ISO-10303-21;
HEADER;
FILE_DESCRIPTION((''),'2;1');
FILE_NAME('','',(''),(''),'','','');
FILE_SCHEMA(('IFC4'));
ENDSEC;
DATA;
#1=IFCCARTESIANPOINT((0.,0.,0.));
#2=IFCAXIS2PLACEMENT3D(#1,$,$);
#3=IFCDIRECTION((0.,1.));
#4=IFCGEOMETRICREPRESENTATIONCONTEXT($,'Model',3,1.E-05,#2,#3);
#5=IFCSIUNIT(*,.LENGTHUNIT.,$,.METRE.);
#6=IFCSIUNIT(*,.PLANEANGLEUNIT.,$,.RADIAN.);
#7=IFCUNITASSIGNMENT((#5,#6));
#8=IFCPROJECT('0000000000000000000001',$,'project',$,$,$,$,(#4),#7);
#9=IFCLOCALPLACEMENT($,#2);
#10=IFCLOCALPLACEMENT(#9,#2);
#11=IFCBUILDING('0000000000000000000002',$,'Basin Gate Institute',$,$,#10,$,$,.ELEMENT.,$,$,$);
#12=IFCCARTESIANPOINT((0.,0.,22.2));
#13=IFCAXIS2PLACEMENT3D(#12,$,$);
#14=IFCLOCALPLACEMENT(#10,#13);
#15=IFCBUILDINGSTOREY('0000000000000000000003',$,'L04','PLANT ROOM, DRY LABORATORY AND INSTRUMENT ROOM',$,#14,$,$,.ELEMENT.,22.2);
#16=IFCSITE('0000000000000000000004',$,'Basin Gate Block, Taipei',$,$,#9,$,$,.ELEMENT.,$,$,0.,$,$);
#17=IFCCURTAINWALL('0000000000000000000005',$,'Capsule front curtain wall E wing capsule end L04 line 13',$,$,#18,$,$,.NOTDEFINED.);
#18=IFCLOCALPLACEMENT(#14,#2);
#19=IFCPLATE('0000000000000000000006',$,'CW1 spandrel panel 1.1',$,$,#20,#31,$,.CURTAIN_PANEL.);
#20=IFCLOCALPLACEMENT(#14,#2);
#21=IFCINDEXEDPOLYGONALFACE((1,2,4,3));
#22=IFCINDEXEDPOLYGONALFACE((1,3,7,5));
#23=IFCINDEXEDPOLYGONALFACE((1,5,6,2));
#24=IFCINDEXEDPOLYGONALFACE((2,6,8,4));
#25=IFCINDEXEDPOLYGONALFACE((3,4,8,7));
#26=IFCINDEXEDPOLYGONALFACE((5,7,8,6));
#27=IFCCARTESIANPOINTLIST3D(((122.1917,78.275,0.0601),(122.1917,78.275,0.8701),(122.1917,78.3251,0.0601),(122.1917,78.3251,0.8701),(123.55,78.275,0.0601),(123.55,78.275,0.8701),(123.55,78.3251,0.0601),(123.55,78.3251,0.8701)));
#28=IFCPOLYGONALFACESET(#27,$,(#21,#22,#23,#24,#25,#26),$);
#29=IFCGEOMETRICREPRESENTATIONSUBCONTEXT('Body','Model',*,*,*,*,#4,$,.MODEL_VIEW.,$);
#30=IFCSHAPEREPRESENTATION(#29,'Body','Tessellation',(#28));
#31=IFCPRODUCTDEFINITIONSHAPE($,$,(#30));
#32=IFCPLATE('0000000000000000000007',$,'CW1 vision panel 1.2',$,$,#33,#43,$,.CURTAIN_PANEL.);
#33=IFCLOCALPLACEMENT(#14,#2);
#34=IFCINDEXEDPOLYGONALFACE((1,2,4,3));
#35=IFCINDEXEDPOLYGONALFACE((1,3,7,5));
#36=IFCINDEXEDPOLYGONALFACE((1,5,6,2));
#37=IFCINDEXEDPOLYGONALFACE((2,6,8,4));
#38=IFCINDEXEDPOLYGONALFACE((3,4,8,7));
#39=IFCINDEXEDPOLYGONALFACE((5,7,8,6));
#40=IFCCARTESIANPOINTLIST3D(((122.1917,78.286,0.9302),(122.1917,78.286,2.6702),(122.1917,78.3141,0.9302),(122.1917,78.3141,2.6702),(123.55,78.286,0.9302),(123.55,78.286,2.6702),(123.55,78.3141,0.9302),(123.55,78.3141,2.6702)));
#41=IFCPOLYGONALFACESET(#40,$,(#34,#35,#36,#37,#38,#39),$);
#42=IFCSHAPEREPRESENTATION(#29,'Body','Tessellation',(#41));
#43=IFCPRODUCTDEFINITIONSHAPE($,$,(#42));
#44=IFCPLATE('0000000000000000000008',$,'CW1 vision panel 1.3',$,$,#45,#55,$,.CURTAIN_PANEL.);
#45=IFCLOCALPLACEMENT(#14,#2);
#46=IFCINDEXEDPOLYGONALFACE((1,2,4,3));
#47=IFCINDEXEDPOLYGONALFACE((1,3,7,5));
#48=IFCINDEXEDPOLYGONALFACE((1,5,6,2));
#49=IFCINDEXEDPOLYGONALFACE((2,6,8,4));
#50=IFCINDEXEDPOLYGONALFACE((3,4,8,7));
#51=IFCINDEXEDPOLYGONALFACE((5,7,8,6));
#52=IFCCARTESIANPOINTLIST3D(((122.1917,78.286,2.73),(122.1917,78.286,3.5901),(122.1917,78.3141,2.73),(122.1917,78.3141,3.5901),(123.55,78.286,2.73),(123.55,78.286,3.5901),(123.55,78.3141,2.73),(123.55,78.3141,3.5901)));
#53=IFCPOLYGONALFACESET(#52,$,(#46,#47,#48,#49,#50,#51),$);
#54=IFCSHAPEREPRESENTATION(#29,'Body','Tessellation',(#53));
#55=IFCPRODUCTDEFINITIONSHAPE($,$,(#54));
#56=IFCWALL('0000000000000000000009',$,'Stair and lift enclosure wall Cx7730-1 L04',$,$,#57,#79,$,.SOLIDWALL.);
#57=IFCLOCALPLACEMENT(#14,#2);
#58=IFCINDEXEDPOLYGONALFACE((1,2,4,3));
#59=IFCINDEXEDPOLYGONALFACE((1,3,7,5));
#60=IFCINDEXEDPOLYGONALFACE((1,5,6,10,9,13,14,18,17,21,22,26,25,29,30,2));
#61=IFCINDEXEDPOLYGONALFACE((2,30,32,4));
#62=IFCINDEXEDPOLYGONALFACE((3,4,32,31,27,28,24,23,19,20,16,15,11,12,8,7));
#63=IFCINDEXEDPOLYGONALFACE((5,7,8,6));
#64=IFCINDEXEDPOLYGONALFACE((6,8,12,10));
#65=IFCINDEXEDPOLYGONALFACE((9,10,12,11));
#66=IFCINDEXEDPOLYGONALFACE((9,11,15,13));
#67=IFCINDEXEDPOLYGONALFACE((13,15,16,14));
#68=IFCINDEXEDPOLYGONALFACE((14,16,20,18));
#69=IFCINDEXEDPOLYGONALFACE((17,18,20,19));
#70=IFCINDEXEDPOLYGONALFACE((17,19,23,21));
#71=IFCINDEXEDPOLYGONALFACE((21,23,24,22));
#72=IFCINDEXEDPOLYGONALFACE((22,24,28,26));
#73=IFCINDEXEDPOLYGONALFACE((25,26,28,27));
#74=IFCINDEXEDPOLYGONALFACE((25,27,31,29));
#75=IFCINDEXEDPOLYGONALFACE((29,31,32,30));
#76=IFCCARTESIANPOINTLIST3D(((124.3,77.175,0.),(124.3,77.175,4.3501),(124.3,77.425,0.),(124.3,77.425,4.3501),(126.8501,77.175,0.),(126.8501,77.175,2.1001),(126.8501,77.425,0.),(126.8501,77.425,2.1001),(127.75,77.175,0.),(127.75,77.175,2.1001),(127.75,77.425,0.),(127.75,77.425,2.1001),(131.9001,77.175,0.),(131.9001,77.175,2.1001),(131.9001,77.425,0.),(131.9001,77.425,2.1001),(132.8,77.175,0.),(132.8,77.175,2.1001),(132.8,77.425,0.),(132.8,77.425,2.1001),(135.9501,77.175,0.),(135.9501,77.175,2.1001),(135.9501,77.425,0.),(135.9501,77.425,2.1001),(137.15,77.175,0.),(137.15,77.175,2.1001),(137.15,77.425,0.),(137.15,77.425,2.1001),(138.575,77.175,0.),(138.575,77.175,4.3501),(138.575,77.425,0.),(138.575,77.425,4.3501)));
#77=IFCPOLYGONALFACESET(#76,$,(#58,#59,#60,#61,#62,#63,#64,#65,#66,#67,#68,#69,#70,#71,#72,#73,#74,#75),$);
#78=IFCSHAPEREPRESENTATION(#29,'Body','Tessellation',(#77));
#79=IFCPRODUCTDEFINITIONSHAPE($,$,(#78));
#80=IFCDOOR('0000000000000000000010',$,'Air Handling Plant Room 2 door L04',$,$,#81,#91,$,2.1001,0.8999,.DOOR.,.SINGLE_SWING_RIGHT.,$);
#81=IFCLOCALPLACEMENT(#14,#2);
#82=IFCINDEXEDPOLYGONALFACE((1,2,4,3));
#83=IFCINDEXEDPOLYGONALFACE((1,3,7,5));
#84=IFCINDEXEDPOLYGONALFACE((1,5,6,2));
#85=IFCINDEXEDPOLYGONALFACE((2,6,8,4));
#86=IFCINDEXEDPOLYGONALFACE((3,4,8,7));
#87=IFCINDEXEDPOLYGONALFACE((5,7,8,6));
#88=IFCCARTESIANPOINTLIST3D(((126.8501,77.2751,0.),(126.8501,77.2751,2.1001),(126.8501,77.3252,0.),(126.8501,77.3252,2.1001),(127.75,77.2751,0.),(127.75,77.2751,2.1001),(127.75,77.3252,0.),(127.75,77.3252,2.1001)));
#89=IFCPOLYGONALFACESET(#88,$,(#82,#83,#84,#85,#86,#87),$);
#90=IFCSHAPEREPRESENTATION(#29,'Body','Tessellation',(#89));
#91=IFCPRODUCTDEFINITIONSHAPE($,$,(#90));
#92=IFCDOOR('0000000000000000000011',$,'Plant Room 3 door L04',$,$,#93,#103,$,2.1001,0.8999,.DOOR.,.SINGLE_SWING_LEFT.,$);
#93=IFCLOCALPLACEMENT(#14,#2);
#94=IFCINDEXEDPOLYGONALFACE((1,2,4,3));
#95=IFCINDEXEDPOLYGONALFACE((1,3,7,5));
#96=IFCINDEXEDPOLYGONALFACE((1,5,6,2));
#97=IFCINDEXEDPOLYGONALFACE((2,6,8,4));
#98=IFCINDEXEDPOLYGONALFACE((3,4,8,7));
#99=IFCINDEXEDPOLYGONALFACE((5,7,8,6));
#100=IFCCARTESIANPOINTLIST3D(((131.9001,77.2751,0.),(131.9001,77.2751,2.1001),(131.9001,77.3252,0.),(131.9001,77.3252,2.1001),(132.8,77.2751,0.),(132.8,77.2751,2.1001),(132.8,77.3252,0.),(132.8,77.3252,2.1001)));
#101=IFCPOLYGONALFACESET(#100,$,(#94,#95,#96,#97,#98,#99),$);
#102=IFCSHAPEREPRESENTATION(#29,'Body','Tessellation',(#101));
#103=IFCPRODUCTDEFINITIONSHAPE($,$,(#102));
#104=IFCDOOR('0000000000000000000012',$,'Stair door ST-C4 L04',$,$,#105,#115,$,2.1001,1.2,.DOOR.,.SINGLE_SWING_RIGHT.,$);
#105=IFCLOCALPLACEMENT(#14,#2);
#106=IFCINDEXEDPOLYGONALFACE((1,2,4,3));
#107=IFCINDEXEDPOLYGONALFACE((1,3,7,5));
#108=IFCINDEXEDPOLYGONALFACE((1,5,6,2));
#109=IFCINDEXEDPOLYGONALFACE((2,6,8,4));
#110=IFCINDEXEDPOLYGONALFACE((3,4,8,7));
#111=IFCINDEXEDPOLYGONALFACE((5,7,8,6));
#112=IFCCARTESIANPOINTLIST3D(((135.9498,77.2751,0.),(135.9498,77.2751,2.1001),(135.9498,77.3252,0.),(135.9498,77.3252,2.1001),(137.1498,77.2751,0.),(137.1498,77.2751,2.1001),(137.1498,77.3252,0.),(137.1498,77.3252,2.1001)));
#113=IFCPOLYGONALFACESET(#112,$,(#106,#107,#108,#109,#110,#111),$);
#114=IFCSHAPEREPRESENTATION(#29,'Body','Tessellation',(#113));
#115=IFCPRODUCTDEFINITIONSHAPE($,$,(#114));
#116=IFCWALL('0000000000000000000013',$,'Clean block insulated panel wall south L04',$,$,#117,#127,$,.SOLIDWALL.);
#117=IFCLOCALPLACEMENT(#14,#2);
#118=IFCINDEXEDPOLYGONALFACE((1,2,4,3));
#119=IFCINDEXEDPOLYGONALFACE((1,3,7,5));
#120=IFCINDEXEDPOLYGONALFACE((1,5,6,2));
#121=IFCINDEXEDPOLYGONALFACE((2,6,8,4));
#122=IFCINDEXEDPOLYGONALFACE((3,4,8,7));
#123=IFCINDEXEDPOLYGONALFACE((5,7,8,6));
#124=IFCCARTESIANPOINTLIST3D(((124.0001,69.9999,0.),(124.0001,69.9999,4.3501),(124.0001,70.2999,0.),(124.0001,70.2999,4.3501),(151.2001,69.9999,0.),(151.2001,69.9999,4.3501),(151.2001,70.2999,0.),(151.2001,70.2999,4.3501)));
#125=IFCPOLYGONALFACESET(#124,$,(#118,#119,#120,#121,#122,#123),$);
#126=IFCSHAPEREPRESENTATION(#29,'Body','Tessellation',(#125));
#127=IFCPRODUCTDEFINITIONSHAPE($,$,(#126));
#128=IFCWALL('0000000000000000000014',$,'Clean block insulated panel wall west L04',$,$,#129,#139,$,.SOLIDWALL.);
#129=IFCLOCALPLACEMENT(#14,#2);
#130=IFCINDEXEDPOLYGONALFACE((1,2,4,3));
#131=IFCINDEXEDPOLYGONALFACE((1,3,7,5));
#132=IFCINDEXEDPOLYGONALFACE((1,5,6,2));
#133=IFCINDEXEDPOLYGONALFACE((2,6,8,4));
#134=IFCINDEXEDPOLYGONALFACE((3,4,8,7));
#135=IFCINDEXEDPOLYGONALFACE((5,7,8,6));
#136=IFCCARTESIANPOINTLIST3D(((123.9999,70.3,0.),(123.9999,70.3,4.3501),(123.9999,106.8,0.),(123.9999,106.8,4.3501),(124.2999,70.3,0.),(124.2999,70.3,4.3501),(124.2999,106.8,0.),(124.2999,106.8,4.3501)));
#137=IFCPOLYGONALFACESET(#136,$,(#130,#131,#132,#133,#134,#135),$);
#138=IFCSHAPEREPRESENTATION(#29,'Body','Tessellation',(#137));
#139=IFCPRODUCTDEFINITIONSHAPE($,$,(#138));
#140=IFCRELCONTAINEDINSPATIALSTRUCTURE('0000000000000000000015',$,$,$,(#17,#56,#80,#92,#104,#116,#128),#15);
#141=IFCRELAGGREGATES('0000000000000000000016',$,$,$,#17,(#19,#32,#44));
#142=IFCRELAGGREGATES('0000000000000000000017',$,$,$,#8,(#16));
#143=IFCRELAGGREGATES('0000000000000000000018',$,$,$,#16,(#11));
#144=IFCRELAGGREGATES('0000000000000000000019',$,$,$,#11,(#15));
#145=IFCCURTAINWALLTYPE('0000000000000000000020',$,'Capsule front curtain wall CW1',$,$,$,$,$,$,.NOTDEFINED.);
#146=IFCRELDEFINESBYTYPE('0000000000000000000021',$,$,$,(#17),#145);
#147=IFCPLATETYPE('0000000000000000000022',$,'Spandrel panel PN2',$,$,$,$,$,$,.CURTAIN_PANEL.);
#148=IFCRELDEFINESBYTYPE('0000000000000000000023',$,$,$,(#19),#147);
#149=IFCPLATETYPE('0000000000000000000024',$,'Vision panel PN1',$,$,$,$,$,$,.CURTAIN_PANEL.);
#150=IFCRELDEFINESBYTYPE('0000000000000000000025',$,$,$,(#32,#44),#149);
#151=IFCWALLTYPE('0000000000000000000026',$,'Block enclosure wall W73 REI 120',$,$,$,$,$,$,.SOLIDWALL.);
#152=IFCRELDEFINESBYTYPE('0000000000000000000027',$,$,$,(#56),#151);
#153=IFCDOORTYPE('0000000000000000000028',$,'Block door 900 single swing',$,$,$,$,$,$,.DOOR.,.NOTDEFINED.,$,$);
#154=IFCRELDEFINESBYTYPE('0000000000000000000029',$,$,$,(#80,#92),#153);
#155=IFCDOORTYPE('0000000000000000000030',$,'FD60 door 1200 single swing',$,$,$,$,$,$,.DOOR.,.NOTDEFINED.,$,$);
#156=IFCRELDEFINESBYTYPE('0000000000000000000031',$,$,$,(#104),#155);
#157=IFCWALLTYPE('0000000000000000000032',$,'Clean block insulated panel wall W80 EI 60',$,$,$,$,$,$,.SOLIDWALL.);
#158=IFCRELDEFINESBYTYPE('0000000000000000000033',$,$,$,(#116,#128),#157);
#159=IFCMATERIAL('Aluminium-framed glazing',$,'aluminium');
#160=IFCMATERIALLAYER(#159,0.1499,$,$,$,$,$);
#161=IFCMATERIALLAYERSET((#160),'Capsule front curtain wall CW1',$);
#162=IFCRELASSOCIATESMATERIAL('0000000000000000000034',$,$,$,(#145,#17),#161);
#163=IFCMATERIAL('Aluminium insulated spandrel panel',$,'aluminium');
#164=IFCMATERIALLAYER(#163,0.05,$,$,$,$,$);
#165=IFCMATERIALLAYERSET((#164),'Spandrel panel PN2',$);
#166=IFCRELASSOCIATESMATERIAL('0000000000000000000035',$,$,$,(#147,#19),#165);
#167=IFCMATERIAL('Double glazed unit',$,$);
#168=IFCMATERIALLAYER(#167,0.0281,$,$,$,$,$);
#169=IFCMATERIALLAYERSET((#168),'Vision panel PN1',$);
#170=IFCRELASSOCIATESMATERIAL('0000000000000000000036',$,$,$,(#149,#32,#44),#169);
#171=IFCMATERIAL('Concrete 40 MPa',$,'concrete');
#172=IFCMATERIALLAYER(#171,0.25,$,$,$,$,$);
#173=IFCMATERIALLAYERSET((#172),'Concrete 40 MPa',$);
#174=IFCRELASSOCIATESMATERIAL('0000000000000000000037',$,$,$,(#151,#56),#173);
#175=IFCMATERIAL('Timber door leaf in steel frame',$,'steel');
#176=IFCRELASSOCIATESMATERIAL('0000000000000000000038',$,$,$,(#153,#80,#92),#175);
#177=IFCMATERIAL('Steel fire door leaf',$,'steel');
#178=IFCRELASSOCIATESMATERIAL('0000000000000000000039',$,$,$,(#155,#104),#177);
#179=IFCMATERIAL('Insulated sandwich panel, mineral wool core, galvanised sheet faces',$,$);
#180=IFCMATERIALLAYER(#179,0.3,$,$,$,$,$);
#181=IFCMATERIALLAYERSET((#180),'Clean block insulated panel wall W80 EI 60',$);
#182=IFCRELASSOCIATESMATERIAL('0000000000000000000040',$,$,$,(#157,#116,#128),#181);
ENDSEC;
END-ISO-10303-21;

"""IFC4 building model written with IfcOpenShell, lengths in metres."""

from ifc_helpers import new_model, si_unit, direction, frame, frame_2d, origin, origin_2d, place, context, subcontext, project, spatial, rectangle, extrude, material, layer, layer_set, type_object, element, fill, aggregate, save


model = new_model("IFC4")

# Units and contexts
model_context = context("Model", 3, precision=1e-05, world=origin(), true_north=direction((0.0, 1.0)))
body_context = subcontext(model_context, "Body", "Model", "MODEL_VIEW")
ifc_project = project(units=[si_unit("LENGTHUNIT", "METRE"), si_unit("PLANEANGLEUNIT", "RADIAN")], contexts=[model_context])

# Site, building, storey
site_placement = place(None, origin())
site = spatial("IfcSite", under=ifc_project, at=site_placement, Name="Basin Gate Block, Taipei", CompositionType="ELEMENT", RefElevation=0.0)
building_placement = place(site_placement, origin())
building = spatial("IfcBuilding", under=site, at=building_placement, Name="Basin Gate Institute", CompositionType="ELEMENT")
storey_placement = place(building_placement, frame((0.0, 0.0, 22.2)))
storey = spatial("IfcBuildingStorey", under=building, at=storey_placement, Name="L04", Description="PLANT ROOM, DRY LABORATORY AND INSTRUMENT ROOM", CompositionType="ELEMENT", Elevation=22.2)

# Curtain wall
ifc_material_1 = material(Name="Aluminium-framed glazing", Category="aluminium")
ifc_layer_1 = layer(ifc_material_1, 0.1499)
ifc_layer_set_1 = layer_set([ifc_layer_1], Name="Capsule front curtain wall CW1")
curtain_wall_type = type_object("IfcCurtainWallType", Name="Capsule front curtain wall CW1", PredefinedType="NOTDEFINED", material=ifc_layer_set_1)
curtain_wall_1_placement = place(storey_placement, origin())
curtain_wall_1 = element("IfcCurtainWall", 1, at=curtain_wall_1_placement, inside=storey, type_object=curtain_wall_type, material=ifc_layer_set_1, Name="Capsule front curtain wall E wing capsule end L04 line 13", PredefinedType="NOTDEFINED")

# Plates
ifc_material_2 = material(Name="Aluminium insulated spandrel panel", Category="aluminium")
ifc_layer_2 = layer(ifc_material_2, 0.05)
ifc_layer_set_2 = layer_set([ifc_layer_2], Name="Spandrel panel PN2")
plate_type_1 = type_object("IfcPlateType", Name="Spandrel panel PN2", PredefinedType="CURTAIN_PANEL", material=ifc_layer_set_2)
plate_1_placement = place(storey_placement, frame((122.8708, 78.3, 0.0601), z_axis=(0.0, 0.0, 1.0), x_axis=(-1.0, 0.0, 0.0)))
plate_1 = element("IfcPlate", 2, at=plate_1_placement, type_object=plate_type_1, material=ifc_layer_set_2, Name="CW1 spandrel panel 1.1", PredefinedType="CURTAIN_PANEL", context=body_context, shape_type="SweptSolid", body=[
    extrude(rectangle(XDim=1.3584, YDim=0.05, at=origin_2d()), origin(), (0.0, 0.0, 1.0), 0.8101),
])
ifc_material_3 = material(Name="Double glazed unit")
ifc_layer_3 = layer(ifc_material_3, 0.0281)
ifc_layer_set_3 = layer_set([ifc_layer_3], Name="Vision panel PN1")
plate_type_2 = type_object("IfcPlateType", Name="Vision panel PN1", PredefinedType="CURTAIN_PANEL", material=ifc_layer_set_3)
plate_2_placement = place(storey_placement, frame((122.8708, 78.3, 0.9302), z_axis=(0.0, 0.0, 1.0), x_axis=(-1.0, 0.0, 0.0)))
plate_2 = element("IfcPlate", 3, at=plate_2_placement, type_object=plate_type_2, material=ifc_layer_set_3, Name="CW1 vision panel 1.2", PredefinedType="CURTAIN_PANEL", context=body_context, shape_type="SweptSolid", body=[
    extrude(rectangle(XDim=1.3584, YDim=0.0281, at=origin_2d()), origin(), (0.0, 0.0, 1.0), 1.74),
])
plate_3_placement = place(storey_placement, frame((122.8708, 78.3, 2.73), z_axis=(0.0, 0.0, 1.0), x_axis=(-1.0, 0.0, 0.0)))
plate_3 = element("IfcPlate", 4, at=plate_3_placement, type_object=plate_type_2, material=ifc_layer_set_3, Name="CW1 vision panel 1.3", PredefinedType="CURTAIN_PANEL", context=body_context, shape_type="SweptSolid", body=[
    extrude(rectangle(XDim=1.3584, YDim=0.0281, at=origin_2d()), origin(), (0.0, 0.0, 1.0), 0.8601),
])
aggregate(curtain_wall_1, [plate_1, plate_2, plate_3])

# Wall, openings, doors
ifc_material_4 = material(Name="Concrete 40 MPa", Category="concrete")
ifc_layer_4 = layer(ifc_material_4, 0.25)
ifc_layer_set_4 = layer_set([ifc_layer_4], Name="Concrete 40 MPa")
wall_type_1 = type_object("IfcWallType", Name="Block enclosure wall W73 REI 120", PredefinedType="SOLIDWALL", material=ifc_layer_set_4)
wall_1_placement = place(storey_placement, frame((124.3, 77.3, 0.0), z_axis=(0.0, 0.0, 1.0), x_axis=(1.0, 0.0, 0.0)))
wall_1 = element("IfcWall", 5, at=wall_1_placement, inside=storey, type_object=wall_type_1, material=ifc_layer_set_4, Name="Stair and lift enclosure wall Cx7730-1 L04", PredefinedType="SOLIDWALL", context=body_context, shape_type="SweptSolid", body=[
    extrude(rectangle(XDim=14.2749, YDim=0.25, at=frame_2d((7.1375, 0.0))), origin(), (0.0, 0.0, 1.0), 4.3501),
])
opening_1_placement = place(wall_1_placement, frame((2.55, 0.0, 0.0)))
opening_1 = element("IfcOpeningElement", 6, at=opening_1_placement, cuts=wall_1, PredefinedType="OPENING", context=body_context, shape_type="SweptSolid", body=[
    extrude(rectangle(XDim=0.8999, YDim=2.1001, at=frame_2d((0.45, 1.05))), frame((0.0, 0.135, 0.0), z_axis=(0.0, -1.0, 0.0), x_axis=(1.0, 0.0, 0.0)), (0.0, 0.0, 1.0), 0.27),
])
opening_2_placement = place(wall_1_placement, frame((7.6001, 0.0, 0.0)))
opening_2 = element("IfcOpeningElement", 7, at=opening_2_placement, cuts=wall_1, PredefinedType="OPENING", context=body_context, shape_type="SweptSolid", body=[
    extrude(rectangle(XDim=0.8999, YDim=2.1001, at=frame_2d((0.45, 1.05))), frame((0.0, 0.135, 0.0), z_axis=(0.0, -1.0, 0.0), x_axis=(1.0, 0.0, 0.0)), (0.0, 0.0, 1.0), 0.27),
])
opening_3_placement = place(wall_1_placement, frame((11.6499, 0.0, 0.0)))
opening_3 = element("IfcOpeningElement", 8, at=opening_3_placement, cuts=wall_1, PredefinedType="OPENING", context=body_context, shape_type="SweptSolid", body=[
    extrude(rectangle(XDim=1.2, YDim=2.1001, at=frame_2d((0.6001, 1.05))), frame((0.0, 0.135, 0.0), z_axis=(0.0, -1.0, 0.0), x_axis=(1.0, 0.0, 0.0)), (0.0, 0.0, 1.0), 0.27),
])
ifc_material_5 = material(Name="Timber door leaf in steel frame", Category="steel")
door_type_1 = type_object("IfcDoorType", Name="Block door 900 single swing", OperationType="NOTDEFINED", PredefinedType="DOOR", material=ifc_material_5)
door_1_placement = place(opening_1_placement, frame((0.8999, 0.0, 0.0), z_axis=(0.0, 0.0, 1.0), x_axis=(-1.0, 0.0, 0.0)))
door_1 = element("IfcDoor", 9, at=door_1_placement, inside=storey, type_object=door_type_1, material=ifc_material_5, Name="Air Handling Plant Room 2 door L04", OperationType="SINGLE_SWING_RIGHT", OverallHeight=2.1001, OverallWidth=0.8999, PredefinedType="DOOR", context=body_context, shape_type="SweptSolid", body=[
    extrude(rectangle(XDim=0.8999, YDim=2.1001, at=frame_2d((0.45, 1.05))), frame((0.0, 0.0249, 0.0), z_axis=(0.0, -1.0, 0.0), x_axis=(1.0, 0.0, 0.0)), (0.0, 0.0, 1.0), 0.05),
])
fill(opening_1, door_1)
door_2_placement = place(opening_2_placement, frame((0.8999, 0.0, 0.0), z_axis=(0.0, 0.0, 1.0), x_axis=(-1.0, 0.0, 0.0)))
door_2 = element("IfcDoor", 10, at=door_2_placement, inside=storey, type_object=door_type_1, material=ifc_material_5, Name="Plant Room 3 door L04", OperationType="SINGLE_SWING_LEFT", OverallHeight=2.1001, OverallWidth=0.8999, PredefinedType="DOOR", context=body_context, shape_type="SweptSolid", body=[
    extrude(rectangle(XDim=0.8999, YDim=2.1001, at=frame_2d((0.45, 1.05))), frame((0.0, 0.0249, 0.0), z_axis=(0.0, -1.0, 0.0), x_axis=(1.0, 0.0, 0.0)), (0.0, 0.0, 1.0), 0.05),
])
fill(opening_2, door_2)
ifc_material_6 = material(Name="Steel fire door leaf", Category="steel")
door_type_2 = type_object("IfcDoorType", Name="FD60 door 1200 single swing", OperationType="NOTDEFINED", PredefinedType="DOOR", material=ifc_material_6)
door_3_placement = place(opening_3_placement, frame((1.2, 0.0, 0.0), z_axis=(0.0, 0.0, 1.0), x_axis=(-1.0, 0.0, 0.0)))
door_3 = element("IfcDoor", 11, at=door_3_placement, inside=storey, type_object=door_type_2, material=ifc_material_6, Name="Stair door ST-C4 L04", OperationType="SINGLE_SWING_RIGHT", OverallHeight=2.1001, OverallWidth=1.2, PredefinedType="DOOR", context=body_context, shape_type="SweptSolid", body=[
    extrude(rectangle(XDim=1.2, YDim=2.1001, at=frame_2d((0.6001, 1.05))), frame((0.0, 0.0249, 0.0), z_axis=(0.0, -1.0, 0.0), x_axis=(1.0, 0.0, 0.0)), (0.0, 0.0, 1.0), 0.05),
])
fill(opening_3, door_3)

# Walls
ifc_material_7 = material(Name="Insulated sandwich panel, mineral wool core, galvanised sheet faces")
ifc_layer_5 = layer(ifc_material_7, 0.3)
ifc_layer_set_5 = layer_set([ifc_layer_5], Name="Clean block insulated panel wall W80 EI 60")
wall_type_2 = type_object("IfcWallType", Name="Clean block insulated panel wall W80 EI 60", PredefinedType="SOLIDWALL", material=ifc_layer_set_5)
wall_2_placement = place(storey_placement, frame((124.0, 70.1499, 0.0), z_axis=(0.0, 0.0, 1.0), x_axis=(1.0, 0.0, 0.0)))
element("IfcWall", 12, at=wall_2_placement, inside=storey, type_object=wall_type_2, material=ifc_layer_set_5, Name="Clean block insulated panel wall south L04", PredefinedType="SOLIDWALL", context=body_context, shape_type="SweptSolid", body=[
    extrude(rectangle(XDim=27.2, YDim=0.3, at=frame_2d((13.6001, 0.0))), origin(), (0.0, 0.0, 1.0), 4.3501),
])
wall_3_placement = place(storey_placement, frame((124.1499, 70.3, 0.0), z_axis=(0.0, 0.0, 1.0), x_axis=(0.0, 1.0, 0.0)))
element("IfcWall", 13, at=wall_3_placement, inside=storey, type_object=wall_type_2, material=ifc_layer_set_5, Name="Clean block insulated panel wall west L04", PredefinedType="SOLIDWALL", context=body_context, shape_type="SweptSolid", body=[
    extrude(rectangle(XDim=36.5, YDim=0.3, at=frame_2d((18.25, 0.0))), origin(), (0.0, 0.0, 1.0), 4.3501),
])

save(model, "model.ifc")
